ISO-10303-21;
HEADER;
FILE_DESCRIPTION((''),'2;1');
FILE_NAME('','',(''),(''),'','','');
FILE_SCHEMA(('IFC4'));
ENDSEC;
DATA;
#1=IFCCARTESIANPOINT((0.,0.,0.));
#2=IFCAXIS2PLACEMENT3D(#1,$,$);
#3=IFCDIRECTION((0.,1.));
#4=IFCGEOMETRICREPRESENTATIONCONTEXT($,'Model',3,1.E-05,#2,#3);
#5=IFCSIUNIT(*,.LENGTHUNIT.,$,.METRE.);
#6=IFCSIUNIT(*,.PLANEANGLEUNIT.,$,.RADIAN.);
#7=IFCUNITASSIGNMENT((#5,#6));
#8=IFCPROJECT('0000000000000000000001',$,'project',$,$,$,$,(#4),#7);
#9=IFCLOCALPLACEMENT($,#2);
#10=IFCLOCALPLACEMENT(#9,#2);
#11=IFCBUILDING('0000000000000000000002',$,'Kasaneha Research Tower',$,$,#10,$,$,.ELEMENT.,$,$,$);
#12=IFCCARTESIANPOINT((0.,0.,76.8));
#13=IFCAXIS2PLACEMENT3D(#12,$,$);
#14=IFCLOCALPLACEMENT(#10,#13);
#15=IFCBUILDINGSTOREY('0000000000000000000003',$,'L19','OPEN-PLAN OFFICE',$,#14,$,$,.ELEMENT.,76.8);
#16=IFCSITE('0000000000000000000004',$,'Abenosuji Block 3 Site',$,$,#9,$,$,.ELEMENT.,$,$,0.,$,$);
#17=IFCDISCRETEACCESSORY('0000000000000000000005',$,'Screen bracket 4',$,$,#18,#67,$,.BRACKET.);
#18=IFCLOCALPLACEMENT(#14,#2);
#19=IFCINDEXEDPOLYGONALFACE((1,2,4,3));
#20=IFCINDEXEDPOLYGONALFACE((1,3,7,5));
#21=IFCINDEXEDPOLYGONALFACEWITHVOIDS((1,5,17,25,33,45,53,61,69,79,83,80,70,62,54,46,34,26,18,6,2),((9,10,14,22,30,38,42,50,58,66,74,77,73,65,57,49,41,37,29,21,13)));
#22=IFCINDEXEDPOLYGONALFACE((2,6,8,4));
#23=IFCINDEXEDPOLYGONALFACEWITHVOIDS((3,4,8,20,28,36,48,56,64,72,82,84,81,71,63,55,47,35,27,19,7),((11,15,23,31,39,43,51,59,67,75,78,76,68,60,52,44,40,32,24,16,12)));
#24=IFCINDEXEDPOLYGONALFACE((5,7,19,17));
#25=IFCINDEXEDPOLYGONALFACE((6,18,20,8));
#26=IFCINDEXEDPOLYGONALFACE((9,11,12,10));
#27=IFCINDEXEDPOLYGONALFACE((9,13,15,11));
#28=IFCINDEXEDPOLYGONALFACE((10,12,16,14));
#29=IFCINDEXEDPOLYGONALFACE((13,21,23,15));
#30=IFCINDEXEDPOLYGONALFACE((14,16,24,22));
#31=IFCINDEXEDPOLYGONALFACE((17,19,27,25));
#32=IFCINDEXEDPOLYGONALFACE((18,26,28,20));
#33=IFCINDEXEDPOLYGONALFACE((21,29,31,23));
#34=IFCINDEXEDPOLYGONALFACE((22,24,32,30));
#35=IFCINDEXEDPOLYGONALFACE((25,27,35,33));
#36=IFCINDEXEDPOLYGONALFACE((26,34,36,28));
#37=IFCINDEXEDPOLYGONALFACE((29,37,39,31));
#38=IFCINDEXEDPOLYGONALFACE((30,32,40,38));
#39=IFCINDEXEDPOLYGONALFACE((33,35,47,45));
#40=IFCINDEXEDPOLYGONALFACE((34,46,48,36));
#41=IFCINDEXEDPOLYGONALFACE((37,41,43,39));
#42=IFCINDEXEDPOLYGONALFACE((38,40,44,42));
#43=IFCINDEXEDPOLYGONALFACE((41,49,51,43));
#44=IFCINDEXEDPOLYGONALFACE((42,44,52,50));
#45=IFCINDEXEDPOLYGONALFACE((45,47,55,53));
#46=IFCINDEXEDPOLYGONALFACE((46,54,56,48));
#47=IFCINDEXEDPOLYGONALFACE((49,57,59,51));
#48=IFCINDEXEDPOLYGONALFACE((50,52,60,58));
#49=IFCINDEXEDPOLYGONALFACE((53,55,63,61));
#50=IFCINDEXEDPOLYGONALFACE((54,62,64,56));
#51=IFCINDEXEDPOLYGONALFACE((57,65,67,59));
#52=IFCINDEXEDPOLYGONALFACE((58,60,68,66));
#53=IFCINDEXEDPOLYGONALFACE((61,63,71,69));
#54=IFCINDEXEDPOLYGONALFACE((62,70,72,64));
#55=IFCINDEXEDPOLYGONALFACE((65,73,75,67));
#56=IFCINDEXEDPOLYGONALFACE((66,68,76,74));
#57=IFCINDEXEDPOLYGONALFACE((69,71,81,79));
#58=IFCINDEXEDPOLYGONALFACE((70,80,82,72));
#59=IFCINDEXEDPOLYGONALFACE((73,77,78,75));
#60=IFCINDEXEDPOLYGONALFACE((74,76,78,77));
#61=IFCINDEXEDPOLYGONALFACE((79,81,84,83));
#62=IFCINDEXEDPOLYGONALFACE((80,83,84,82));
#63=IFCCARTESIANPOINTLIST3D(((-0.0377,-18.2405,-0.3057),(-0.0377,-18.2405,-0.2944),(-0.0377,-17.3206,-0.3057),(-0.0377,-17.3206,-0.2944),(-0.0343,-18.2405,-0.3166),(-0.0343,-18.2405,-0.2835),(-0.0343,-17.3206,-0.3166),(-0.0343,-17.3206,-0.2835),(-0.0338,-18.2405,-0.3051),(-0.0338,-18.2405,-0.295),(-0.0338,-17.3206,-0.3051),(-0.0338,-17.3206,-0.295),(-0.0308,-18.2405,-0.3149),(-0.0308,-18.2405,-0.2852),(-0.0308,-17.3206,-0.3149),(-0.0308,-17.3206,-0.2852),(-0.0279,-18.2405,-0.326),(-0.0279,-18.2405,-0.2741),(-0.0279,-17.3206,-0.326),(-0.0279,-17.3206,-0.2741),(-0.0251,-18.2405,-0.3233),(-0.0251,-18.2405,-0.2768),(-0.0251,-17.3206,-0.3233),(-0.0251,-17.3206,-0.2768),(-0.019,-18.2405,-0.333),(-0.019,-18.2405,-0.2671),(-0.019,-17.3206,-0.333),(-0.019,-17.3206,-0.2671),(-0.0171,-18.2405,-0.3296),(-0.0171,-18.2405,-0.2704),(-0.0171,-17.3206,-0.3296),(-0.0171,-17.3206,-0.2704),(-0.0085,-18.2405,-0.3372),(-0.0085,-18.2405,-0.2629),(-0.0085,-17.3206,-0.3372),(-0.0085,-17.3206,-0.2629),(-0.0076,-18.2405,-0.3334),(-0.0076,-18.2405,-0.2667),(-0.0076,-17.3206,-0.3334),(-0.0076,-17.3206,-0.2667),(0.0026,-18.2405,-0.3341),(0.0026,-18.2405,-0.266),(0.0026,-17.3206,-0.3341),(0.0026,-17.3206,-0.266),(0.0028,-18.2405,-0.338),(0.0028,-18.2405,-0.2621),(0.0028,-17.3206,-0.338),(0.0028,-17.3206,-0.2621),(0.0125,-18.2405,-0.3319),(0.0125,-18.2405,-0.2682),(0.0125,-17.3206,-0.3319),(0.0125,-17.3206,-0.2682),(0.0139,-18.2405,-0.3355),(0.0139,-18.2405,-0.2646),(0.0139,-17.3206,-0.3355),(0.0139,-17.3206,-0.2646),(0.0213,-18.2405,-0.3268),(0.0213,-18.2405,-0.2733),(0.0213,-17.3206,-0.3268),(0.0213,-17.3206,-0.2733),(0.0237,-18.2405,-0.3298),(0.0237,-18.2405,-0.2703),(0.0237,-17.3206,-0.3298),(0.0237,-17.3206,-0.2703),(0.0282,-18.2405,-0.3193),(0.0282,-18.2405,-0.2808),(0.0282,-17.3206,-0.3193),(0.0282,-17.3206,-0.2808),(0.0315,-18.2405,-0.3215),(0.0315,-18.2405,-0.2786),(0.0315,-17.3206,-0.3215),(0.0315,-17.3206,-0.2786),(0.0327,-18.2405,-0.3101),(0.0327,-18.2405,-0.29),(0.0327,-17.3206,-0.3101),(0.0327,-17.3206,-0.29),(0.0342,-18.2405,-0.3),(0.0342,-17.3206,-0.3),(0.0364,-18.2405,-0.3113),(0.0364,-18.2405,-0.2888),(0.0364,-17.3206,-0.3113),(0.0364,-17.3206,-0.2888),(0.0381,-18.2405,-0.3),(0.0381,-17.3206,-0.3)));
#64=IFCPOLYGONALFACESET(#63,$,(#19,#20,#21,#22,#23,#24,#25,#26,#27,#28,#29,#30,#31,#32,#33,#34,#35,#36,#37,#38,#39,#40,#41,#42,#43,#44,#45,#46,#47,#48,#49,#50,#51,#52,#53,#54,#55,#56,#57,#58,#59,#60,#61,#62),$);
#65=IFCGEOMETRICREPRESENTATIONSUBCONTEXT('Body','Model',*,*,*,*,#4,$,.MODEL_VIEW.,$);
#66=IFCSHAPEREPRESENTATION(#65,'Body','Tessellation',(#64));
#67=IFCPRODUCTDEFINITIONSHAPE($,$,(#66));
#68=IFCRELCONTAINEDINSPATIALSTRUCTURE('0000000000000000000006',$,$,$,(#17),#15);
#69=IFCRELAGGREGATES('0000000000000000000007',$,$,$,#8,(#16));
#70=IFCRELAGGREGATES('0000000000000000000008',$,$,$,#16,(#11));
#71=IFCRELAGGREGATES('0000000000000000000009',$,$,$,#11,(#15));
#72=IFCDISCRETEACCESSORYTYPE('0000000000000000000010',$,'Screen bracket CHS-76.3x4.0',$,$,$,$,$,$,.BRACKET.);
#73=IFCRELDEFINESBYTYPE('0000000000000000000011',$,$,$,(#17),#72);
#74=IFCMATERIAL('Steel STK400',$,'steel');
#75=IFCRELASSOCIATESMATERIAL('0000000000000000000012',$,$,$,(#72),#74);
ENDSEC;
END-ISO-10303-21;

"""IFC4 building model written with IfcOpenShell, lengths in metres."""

from ifc_helpers import new_model, si_unit, direction, frame, origin, origin_2d, place, context, subcontext, project, spatial, hollow_circle, extrude, material, material_profile, profile_set, type_object, element, save


model = new_model("IFC4")

# Units and contexts
model_context = context("Model", 3, precision=1e-05, world=origin(), true_north=direction((0.0, 1.0)))
body_context = subcontext(model_context, "Body", "Model", "MODEL_VIEW")
ifc_project = project(units=[si_unit("LENGTHUNIT", "METRE"), si_unit("PLANEANGLEUNIT", "RADIAN")], contexts=[model_context])

# Site, building, storey
site_placement = place(None, origin())
site = spatial("IfcSite", under=ifc_project, at=site_placement, Name="Abenosuji Block 3 Site", CompositionType="ELEMENT", RefElevation=0.0)
building_placement = place(site_placement, origin())
building = spatial("IfcBuilding", under=site, at=building_placement, Name="Kasaneha Research Tower", CompositionType="ELEMENT")
storey_placement = place(building_placement, frame((0.0, 0.0, 76.8)))
storey = spatial("IfcBuildingStorey", under=building, at=storey_placement, Name="L19", Description="OPEN-PLAN OFFICE", CompositionType="ELEMENT", Elevation=76.8)

# Discrete accessory
ifc_material_1 = material(Name="Steel STK400", Category="steel")
ifc_material_profile_1 = material_profile(ifc_material_1, hollow_circle(Radius=0.0381, WallThickness=0.0039, at=origin_2d()), Name="CHS-76.3x4.0")
ifc_profile_set_1 = profile_set([ifc_material_profile_1], Name="Steel STK400")
discrete_accessory_type = type_object("IfcDiscreteAccessoryType", Name="Screen bracket CHS-76.3x4.0", PredefinedType="BRACKET", material=ifc_profile_set_1)
for number, where, z_axis, x_axis, name in (
    (1, (0.0, -17.3206, -0.3), (0.0, -1.0, 0.0), (1.0, 0.0, 0.0), "Screen bracket 4"),
):
    element("IfcDiscreteAccessory", number, at=place(storey_placement, frame(where, z_axis=z_axis, x_axis=x_axis)), inside=storey, type_object=discrete_accessory_type, Name=name, PredefinedType="BRACKET", context=body_context, shape_type="SweptSolid", body=[
        extrude(hollow_circle(Radius=0.0381, WallThickness=0.0039, at=origin_2d()), origin(), (0.0, 0.0, 1.0), 0.9199),
    ])

save(model, "model.ifc")
